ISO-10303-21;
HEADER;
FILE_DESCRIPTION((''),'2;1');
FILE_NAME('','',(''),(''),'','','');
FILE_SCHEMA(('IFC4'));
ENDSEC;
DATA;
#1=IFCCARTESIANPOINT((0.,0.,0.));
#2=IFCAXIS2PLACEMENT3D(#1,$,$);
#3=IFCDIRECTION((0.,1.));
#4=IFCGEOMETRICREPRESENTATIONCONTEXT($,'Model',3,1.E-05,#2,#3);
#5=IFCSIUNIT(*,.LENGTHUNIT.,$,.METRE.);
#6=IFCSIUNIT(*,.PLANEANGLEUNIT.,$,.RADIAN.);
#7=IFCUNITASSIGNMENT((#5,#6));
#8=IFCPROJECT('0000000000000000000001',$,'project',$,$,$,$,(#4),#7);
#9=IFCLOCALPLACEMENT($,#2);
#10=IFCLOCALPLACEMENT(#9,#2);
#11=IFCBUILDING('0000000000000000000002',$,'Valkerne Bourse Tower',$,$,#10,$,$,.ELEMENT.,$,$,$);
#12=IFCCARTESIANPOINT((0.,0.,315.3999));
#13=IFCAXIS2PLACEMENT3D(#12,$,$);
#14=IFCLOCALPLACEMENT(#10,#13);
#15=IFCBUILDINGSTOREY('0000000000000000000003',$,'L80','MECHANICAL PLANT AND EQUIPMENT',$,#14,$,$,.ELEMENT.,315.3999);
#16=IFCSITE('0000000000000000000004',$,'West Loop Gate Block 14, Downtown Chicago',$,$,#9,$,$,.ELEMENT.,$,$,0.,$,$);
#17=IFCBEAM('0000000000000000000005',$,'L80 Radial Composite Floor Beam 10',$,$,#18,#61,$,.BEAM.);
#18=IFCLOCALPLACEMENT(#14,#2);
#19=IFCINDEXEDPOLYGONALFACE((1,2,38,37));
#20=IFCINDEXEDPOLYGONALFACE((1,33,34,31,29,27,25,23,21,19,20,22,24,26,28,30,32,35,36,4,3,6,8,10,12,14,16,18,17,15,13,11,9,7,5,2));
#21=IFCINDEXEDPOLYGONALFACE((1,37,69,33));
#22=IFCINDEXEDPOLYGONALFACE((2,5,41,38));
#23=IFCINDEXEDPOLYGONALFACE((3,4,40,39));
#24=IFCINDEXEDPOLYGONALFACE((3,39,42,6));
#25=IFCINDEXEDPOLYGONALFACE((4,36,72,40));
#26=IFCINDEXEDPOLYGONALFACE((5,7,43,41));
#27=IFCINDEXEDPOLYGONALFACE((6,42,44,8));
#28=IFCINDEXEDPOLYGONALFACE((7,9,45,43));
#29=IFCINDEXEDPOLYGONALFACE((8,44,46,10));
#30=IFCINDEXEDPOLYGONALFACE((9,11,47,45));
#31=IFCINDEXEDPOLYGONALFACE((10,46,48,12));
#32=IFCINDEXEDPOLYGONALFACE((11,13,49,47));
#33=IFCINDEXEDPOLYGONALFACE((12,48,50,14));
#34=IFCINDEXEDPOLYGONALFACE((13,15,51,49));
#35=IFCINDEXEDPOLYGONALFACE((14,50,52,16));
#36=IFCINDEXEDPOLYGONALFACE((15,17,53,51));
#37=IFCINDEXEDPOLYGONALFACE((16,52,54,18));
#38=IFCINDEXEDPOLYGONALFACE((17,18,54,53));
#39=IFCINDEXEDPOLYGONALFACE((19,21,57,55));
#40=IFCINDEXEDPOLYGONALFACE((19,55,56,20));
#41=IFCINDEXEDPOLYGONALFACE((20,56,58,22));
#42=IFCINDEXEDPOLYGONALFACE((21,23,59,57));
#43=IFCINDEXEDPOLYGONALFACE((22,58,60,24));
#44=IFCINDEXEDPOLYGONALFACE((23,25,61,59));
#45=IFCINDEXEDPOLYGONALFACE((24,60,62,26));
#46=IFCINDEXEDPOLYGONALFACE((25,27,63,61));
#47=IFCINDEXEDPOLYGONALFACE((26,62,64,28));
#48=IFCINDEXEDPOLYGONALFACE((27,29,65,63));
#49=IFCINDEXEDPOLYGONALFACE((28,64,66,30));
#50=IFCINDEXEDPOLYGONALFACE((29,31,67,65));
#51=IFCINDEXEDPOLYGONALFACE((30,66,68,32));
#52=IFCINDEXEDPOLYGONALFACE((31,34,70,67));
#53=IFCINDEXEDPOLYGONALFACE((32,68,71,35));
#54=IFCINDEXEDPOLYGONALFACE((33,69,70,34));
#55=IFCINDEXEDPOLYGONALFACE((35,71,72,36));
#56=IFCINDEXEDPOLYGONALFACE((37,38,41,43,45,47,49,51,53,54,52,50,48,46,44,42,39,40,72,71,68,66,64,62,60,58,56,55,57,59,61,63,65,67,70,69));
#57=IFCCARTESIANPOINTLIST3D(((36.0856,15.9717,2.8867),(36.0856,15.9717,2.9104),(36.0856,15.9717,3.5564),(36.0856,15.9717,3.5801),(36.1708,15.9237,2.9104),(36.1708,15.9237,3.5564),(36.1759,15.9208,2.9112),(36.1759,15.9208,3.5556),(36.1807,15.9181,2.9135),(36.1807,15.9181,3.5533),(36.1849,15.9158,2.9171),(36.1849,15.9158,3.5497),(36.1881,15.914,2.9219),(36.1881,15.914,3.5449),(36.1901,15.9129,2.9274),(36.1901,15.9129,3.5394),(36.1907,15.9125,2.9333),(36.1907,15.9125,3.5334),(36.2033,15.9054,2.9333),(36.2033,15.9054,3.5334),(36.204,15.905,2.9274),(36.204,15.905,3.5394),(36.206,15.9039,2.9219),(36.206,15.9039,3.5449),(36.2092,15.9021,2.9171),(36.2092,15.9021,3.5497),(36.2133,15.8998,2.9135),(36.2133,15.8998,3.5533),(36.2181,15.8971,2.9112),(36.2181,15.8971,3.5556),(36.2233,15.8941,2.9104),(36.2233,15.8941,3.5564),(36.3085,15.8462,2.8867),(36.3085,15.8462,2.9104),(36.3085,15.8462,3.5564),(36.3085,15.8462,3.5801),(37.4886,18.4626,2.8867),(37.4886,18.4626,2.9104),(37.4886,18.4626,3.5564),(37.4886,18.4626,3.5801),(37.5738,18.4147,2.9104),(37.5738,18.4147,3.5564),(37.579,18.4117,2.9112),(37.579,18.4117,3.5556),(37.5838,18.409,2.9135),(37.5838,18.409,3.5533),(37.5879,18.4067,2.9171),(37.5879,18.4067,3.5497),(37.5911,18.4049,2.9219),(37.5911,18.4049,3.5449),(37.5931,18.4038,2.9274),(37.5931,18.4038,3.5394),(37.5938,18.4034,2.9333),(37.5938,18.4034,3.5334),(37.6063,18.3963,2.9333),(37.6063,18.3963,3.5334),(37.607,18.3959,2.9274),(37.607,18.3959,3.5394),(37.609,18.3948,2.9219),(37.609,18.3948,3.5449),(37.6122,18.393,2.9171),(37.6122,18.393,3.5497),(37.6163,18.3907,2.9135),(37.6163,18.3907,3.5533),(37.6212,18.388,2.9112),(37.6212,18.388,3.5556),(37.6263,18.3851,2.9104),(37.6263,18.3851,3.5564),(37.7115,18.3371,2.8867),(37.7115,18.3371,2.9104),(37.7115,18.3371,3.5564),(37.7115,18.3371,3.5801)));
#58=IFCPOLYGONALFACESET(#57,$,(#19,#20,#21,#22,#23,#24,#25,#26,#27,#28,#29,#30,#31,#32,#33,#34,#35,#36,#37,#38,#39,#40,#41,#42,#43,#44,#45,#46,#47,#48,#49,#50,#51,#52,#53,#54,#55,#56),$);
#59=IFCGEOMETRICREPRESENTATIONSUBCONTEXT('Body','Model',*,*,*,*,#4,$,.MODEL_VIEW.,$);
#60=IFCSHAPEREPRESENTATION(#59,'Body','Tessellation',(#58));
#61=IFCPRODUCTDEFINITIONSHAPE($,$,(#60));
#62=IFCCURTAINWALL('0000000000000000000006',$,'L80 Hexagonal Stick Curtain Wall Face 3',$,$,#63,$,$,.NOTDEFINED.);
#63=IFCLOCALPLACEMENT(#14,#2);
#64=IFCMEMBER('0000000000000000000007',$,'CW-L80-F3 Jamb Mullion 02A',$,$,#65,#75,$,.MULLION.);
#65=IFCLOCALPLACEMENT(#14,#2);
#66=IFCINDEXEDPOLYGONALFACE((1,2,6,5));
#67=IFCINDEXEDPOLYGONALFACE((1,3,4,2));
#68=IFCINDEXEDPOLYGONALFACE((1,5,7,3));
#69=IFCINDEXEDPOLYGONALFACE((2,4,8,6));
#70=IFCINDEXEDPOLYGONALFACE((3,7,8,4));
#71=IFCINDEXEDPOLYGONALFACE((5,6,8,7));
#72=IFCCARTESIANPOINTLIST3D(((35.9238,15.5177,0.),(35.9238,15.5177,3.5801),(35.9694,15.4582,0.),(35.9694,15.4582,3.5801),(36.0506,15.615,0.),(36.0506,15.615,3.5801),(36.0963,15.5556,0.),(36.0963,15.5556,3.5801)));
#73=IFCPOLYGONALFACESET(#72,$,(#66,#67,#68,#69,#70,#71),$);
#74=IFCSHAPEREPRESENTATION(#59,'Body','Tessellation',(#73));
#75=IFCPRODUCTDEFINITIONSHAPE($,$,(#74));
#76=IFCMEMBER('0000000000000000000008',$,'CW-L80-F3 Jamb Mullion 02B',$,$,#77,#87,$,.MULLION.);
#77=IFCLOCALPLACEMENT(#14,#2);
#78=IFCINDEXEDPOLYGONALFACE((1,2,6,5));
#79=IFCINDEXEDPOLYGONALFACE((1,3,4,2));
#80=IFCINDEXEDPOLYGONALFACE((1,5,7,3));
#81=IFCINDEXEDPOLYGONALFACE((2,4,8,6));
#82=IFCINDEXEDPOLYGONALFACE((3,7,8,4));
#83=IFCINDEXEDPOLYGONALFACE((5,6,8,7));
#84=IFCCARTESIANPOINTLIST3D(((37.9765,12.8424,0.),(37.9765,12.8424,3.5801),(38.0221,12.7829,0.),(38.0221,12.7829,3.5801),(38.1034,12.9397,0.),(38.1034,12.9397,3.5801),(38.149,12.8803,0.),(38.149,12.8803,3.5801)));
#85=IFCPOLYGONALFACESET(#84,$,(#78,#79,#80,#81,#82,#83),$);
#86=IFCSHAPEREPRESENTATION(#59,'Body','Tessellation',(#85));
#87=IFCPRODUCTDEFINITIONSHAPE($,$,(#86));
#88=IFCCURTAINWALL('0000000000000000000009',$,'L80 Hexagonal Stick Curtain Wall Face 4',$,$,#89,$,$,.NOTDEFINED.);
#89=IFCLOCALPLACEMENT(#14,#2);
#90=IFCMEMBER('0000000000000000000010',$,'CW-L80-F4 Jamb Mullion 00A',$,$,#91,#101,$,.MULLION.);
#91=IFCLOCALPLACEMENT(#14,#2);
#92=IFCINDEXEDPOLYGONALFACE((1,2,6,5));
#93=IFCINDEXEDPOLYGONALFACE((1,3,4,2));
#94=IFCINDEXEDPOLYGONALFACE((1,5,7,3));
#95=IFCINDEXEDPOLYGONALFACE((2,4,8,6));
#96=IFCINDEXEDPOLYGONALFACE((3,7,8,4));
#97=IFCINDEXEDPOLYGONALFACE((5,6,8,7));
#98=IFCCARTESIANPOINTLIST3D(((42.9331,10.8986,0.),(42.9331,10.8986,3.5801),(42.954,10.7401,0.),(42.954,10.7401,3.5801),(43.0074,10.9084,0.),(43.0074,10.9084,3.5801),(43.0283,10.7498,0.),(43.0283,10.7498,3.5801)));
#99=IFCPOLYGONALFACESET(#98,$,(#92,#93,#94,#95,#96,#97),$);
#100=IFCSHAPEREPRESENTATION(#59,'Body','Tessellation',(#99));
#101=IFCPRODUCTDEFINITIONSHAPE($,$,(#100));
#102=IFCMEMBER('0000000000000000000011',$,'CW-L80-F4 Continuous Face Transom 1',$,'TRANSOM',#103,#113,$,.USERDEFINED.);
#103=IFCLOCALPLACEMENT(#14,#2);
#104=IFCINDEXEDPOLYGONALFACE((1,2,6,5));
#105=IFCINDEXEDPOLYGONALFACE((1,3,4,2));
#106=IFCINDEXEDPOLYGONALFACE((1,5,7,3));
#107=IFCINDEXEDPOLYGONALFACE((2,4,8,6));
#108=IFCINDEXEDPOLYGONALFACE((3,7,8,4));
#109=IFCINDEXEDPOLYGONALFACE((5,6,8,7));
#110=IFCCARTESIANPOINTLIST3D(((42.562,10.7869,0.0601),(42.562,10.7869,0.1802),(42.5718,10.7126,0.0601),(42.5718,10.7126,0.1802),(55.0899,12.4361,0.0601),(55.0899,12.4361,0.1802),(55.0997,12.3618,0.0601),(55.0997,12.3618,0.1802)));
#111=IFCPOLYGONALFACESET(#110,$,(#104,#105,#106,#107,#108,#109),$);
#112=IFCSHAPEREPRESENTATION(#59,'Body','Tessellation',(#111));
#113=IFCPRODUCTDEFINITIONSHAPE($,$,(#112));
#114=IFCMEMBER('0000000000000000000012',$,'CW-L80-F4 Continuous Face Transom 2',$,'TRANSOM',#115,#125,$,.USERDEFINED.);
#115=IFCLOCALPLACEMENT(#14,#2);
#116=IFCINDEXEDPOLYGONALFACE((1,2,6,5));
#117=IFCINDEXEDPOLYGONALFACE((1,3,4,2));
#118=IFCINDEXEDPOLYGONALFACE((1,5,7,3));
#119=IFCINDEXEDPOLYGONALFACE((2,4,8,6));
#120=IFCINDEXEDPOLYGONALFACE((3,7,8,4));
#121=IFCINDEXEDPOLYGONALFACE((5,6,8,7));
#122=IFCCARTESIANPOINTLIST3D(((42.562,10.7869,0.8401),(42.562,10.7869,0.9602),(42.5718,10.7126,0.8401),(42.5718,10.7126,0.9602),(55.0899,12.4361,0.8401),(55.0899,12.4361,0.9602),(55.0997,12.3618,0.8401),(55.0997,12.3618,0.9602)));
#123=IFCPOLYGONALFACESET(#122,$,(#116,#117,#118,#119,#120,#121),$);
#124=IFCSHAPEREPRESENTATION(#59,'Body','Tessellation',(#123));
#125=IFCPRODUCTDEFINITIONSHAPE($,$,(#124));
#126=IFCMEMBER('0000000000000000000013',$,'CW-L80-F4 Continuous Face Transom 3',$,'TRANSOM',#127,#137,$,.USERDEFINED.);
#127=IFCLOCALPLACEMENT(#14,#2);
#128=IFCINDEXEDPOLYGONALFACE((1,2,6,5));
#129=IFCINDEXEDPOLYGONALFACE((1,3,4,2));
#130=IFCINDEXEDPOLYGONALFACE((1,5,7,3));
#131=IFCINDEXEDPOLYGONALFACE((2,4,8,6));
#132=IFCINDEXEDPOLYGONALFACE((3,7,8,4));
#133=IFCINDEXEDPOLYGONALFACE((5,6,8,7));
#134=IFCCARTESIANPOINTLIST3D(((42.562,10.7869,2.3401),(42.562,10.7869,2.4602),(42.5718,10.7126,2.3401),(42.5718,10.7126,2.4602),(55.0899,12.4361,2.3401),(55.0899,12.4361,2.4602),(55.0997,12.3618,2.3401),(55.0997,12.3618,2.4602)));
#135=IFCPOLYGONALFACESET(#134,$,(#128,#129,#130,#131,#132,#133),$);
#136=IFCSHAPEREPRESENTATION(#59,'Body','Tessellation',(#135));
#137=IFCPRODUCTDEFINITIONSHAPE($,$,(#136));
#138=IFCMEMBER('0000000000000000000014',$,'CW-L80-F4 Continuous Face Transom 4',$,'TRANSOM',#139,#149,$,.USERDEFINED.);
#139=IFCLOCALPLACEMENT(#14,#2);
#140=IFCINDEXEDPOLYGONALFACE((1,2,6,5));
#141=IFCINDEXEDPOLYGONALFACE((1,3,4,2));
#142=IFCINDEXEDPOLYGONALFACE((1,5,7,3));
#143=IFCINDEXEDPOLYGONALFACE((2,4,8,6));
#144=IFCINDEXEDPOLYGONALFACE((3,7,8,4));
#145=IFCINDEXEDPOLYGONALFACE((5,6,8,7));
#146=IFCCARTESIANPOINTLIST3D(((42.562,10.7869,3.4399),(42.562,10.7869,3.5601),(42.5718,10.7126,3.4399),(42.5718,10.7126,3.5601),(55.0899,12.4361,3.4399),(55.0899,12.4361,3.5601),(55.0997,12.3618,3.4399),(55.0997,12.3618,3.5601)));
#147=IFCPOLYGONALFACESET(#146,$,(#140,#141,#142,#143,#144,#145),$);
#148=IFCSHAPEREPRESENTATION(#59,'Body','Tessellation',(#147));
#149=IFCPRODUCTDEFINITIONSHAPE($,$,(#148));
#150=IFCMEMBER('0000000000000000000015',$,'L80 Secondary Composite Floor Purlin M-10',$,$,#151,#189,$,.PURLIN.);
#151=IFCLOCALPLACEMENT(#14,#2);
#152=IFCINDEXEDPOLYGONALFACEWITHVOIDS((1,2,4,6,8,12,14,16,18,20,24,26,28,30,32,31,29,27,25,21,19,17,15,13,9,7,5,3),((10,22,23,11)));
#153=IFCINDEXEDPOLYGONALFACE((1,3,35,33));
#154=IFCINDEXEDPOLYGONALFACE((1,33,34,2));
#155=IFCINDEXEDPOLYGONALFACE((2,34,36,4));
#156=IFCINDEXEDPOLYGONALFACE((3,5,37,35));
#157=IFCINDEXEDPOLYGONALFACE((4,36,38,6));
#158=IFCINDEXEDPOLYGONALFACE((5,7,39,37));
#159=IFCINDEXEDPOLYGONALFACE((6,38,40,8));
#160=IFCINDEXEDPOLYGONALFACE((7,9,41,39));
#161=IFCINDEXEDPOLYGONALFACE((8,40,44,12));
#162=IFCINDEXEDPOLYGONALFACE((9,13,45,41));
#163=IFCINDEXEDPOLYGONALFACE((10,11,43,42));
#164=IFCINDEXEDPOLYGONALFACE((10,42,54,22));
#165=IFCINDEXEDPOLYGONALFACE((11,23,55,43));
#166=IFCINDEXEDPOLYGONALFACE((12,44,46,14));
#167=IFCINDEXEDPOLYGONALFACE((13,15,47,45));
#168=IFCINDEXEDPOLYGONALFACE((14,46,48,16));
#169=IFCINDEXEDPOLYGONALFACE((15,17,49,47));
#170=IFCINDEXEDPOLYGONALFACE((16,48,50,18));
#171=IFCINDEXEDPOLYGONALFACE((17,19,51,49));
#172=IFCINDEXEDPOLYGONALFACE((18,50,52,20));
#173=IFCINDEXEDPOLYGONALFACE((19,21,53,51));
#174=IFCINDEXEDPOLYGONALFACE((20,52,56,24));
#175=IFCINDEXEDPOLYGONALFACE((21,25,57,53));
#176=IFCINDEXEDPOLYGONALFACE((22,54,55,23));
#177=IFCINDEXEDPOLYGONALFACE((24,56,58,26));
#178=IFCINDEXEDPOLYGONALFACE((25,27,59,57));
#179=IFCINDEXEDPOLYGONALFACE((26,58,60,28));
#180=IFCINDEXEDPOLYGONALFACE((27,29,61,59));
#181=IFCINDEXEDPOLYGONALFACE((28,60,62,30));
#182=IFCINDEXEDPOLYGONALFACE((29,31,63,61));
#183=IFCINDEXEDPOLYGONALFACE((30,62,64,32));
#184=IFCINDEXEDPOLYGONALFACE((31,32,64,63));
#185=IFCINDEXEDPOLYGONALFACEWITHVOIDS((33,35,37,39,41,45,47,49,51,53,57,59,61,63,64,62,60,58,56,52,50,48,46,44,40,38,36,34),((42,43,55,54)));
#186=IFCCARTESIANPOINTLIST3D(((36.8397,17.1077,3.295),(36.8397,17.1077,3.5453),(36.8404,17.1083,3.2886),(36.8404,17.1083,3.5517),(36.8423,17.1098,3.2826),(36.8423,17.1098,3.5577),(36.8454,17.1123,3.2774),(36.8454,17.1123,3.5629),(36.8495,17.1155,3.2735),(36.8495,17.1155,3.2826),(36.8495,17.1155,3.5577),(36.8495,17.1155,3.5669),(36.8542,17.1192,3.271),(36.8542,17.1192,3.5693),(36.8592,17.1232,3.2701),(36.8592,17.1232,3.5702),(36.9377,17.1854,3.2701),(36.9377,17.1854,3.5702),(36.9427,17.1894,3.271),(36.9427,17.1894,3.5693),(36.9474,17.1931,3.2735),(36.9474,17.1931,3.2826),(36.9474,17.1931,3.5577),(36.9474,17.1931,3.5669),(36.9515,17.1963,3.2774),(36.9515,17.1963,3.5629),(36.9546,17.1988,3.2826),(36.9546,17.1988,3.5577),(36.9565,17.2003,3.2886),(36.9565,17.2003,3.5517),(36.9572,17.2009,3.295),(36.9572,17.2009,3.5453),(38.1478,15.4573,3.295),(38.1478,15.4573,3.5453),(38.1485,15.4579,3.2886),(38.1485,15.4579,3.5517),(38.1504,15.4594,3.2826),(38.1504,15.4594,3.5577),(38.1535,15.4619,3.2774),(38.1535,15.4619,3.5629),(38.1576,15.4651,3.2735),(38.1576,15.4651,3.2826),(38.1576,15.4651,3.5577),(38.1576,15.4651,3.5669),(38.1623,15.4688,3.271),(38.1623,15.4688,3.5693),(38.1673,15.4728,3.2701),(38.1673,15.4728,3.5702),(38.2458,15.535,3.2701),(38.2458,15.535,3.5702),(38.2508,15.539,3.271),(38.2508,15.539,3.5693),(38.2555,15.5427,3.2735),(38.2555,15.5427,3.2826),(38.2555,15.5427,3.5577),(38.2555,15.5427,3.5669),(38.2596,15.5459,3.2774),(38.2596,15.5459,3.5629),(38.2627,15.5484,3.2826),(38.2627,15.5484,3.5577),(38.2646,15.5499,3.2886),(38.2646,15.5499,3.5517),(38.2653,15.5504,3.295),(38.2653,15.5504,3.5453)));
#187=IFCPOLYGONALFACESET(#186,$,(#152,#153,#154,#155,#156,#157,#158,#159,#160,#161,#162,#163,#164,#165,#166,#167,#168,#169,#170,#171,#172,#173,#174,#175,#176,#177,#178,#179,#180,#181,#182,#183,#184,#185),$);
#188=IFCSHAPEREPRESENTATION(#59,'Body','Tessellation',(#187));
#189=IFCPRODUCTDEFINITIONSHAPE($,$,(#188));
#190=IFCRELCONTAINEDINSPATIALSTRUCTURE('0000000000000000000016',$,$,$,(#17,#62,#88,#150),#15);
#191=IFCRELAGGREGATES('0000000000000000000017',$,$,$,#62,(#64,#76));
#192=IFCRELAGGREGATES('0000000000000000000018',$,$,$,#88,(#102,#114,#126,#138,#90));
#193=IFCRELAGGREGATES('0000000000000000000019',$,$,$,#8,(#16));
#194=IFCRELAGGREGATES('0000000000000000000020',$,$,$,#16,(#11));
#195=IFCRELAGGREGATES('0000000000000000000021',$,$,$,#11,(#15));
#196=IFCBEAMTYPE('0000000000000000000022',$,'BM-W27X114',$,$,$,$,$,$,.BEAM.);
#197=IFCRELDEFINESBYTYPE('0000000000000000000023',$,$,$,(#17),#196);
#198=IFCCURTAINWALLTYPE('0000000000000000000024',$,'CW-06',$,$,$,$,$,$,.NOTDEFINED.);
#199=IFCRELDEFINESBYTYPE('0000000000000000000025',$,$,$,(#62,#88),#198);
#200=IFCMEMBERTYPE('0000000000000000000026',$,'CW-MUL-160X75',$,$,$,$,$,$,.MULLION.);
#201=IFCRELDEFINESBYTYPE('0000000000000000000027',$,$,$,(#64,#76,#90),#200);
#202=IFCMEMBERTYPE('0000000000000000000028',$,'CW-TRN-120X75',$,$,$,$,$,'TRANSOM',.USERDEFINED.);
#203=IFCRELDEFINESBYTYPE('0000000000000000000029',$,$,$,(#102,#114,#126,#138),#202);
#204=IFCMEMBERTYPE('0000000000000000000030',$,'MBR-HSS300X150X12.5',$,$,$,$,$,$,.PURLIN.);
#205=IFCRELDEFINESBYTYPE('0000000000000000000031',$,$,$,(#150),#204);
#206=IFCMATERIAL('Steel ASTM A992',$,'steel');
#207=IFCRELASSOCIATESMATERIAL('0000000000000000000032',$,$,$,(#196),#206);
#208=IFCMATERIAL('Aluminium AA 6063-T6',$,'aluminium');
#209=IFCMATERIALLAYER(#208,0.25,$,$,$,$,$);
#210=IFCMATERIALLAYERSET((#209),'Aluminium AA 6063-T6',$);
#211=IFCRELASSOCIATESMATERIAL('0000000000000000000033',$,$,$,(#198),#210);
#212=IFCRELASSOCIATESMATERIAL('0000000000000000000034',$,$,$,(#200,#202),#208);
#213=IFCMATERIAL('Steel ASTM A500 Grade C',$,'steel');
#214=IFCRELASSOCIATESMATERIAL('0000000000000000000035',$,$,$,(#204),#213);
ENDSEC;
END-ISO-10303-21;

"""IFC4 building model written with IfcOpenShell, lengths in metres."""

from ifc_helpers import new_model, si_unit, direction, frame, origin, origin_2d, place, context, subcontext, project, spatial, rectangle, hollow_rectangle, i_section, extrude, material, layer, layer_set, material_profile, profile_set, type_object, element, aggregate, save


model = new_model("IFC4")

# Units and contexts
model_context = context("Model", 3, precision=1e-05, world=origin(), true_north=direction((0.0, 1.0)))
body_context = subcontext(model_context, "Body", "Model", "MODEL_VIEW")
ifc_project = project(units=[si_unit("LENGTHUNIT", "METRE"), si_unit("PLANEANGLEUNIT", "RADIAN")], contexts=[model_context])

# Site, building, storey
site_placement = place(None, origin())
site = spatial("IfcSite", under=ifc_project, at=site_placement, Name="West Loop Gate Block 14, Downtown Chicago", CompositionType="ELEMENT", RefElevation=0.0)
building_placement = place(site_placement, origin())
building = spatial("IfcBuilding", under=site, at=building_placement, Name="Valkerne Bourse Tower", CompositionType="ELEMENT")
storey_placement = place(building_placement, frame((0.0, 0.0, 315.3999)))
storey = spatial("IfcBuildingStorey", under=building, at=storey_placement, Name="L80", Description="MECHANICAL PLANT AND EQUIPMENT", CompositionType="ELEMENT", Elevation=315.3999)

# Shared definitions
ifc_material_1 = material(Name="Steel ASTM A500 Grade C", Category="steel")

# Beam
ifc_material_2 = material(Name="Steel ASTM A992", Category="steel")
ifc_material_profile_1 = material_profile(ifc_material_2, i_section(OverallWidth=0.2559, OverallDepth=0.6934, WebThickness=0.0144, FlangeThickness=0.0237, FilletRadius=0.0229, at=origin_2d()), Name="W27X114")
ifc_profile_set_1 = profile_set([ifc_material_profile_1], Name="Steel ASTM A992")
beam_type_1 = type_object("IfcBeamType", Name="BM-W27X114", PredefinedType="BEAM", material=ifc_profile_set_1)
beam_1_placement = place(storey_placement, frame((36.197, 15.9089, 3.2334), z_axis=(0.490768, 0.87129, 0.0), x_axis=(-0.87129, 0.490768, 0.0)))
element("IfcBeam", 1, at=beam_1_placement, inside=storey, type_object=beam_type_1, Name="L80 Radial Composite Floor Beam 10", PredefinedType="BEAM", context=body_context, shape_type="SweptSolid", body=[
    extrude(i_section(OverallWidth=0.2559, OverallDepth=0.6934, WebThickness=0.0144, FlangeThickness=0.0237, FilletRadius=0.0229, at=origin_2d()), origin(), (0.0, 0.0, 1.0), 2.8589),
])

# Curtain walls, members
ifc_material_3 = material(Name="Aluminium AA 6063-T6", Category="aluminium")
ifc_layer_1 = layer(ifc_material_3, 0.25)
ifc_layer_set_1 = layer_set([ifc_layer_1], Name="Aluminium AA 6063-T6")
curtain_wall_type = type_object("IfcCurtainWallType", Name="CW-06", PredefinedType="NOTDEFINED", material=ifc_layer_set_1)
curtain_wall_1_placement = place(storey_placement, origin())
curtain_wall_1 = element("IfcCurtainWall", 2, at=curtain_wall_1_placement, inside=storey, type_object=curtain_wall_type, Name="L80 Hexagonal Stick Curtain Wall Face 3", PredefinedType="NOTDEFINED")
ifc_material_profile_2 = material_profile(ifc_material_3, rectangle(XDim=0.075, YDim=0.1599, at=origin_2d()), Name="CWM-75X160")
ifc_profile_set_2 = profile_set([ifc_material_profile_2], Name="Aluminium AA 6063-T6")
member_type_1 = type_object("IfcMemberType", Name="CW-MUL-160X75", PredefinedType="MULLION", material=ifc_profile_set_2)
member_1_placement = place(storey_placement, frame((36.01, 15.5366, 0.0), z_axis=(0.0, 0.0, 1.0), x_axis=(0.608761, -0.793353, 0.0)))
member_1 = element("IfcMember", 3, at=member_1_placement, type_object=member_type_1, Name="CW-L80-F3 Jamb Mullion 02A", PredefinedType="MULLION", context=body_context, shape_type="SweptSolid", body=[
    extrude(rectangle(XDim=0.075, YDim=0.1599, at=origin_2d()), origin(), (0.0, 0.0, 1.0), 3.5801),
])
member_2_placement = place(storey_placement, frame((38.0627, 12.8613, 0.0), z_axis=(0.0, 0.0, 1.0), x_axis=(0.608761, -0.793353, 0.0)))
member_2 = element("IfcMember", 4, at=member_2_placement, type_object=member_type_1, Name="CW-L80-F3 Jamb Mullion 02B", PredefinedType="MULLION", context=body_context, shape_type="SweptSolid", body=[
    extrude(rectangle(XDim=0.075, YDim=0.1599, at=origin_2d()), origin(), (0.0, 0.0, 1.0), 3.5801),
])
curtain_wall_2_placement = place(storey_placement, origin())
curtain_wall_2 = element("IfcCurtainWall", 5, at=curtain_wall_2_placement, inside=storey, type_object=curtain_wall_type, Name="L80 Hexagonal Stick Curtain Wall Face 4", PredefinedType="NOTDEFINED")
member_3_placement = place(storey_placement, frame((42.9807, 10.8242, 0.0), z_axis=(0.0, 0.0, 1.0), x_axis=(0.991444, 0.130531, 0.0)))
member_3 = element("IfcMember", 6, at=member_3_placement, type_object=member_type_1, Name="CW-L80-F4 Jamb Mullion 00A", PredefinedType="MULLION", context=body_context, shape_type="SweptSolid", body=[
    extrude(rectangle(XDim=0.075, YDim=0.1599, at=origin_2d()), origin(), (0.0, 0.0, 1.0), 3.5801),
])
ifc_material_profile_3 = material_profile(ifc_material_3, rectangle(XDim=0.075, YDim=0.1201, at=origin_2d()), Name="CWT-75X120")
ifc_profile_set_3 = profile_set([ifc_material_profile_3], Name="Aluminium AA 6063-T6")
member_type_2 = type_object("IfcMemberType", Name="CW-TRN-120X75", ElementType="TRANSOM", PredefinedType="USERDEFINED", material=ifc_profile_set_3)
member_4_placement = place(storey_placement, frame((42.5669, 10.7498, 0.1201), z_axis=(0.991446, 0.130514, 0.0), x_axis=(-0.130514, 0.991446, 0.0)))
member_4 = element("IfcMember", 7, at=member_4_placement, type_object=member_type_2, Name="CW-L80-F4 Continuous Face Transom 1", ObjectType="TRANSOM", PredefinedType="USERDEFINED", context=body_context, shape_type="SweptSolid", body=[
    extrude(rectangle(XDim=0.075, YDim=0.1201, at=origin_2d()), origin(), (0.0, 0.0, 1.0), 12.636),
])
member_5_placement = place(storey_placement, frame((42.5669, 10.7498, 0.9001), z_axis=(0.991446, 0.130514, 0.0), x_axis=(-0.130514, 0.991446, 0.0)))
member_5 = element("IfcMember", 8, at=member_5_placement, type_object=member_type_2, Name="CW-L80-F4 Continuous Face Transom 2", ObjectType="TRANSOM", PredefinedType="USERDEFINED", context=body_context, shape_type="SweptSolid", body=[
    extrude(rectangle(XDim=0.075, YDim=0.1201, at=origin_2d()), origin(), (0.0, 0.0, 1.0), 12.636),
])
member_6_placement = place(storey_placement, frame((42.5669, 10.7498, 2.4001), z_axis=(0.991446, 0.130514, 0.0), x_axis=(-0.130514, 0.991446, 0.0)))
member_6 = element("IfcMember", 9, at=member_6_placement, type_object=member_type_2, Name="CW-L80-F4 Continuous Face Transom 3", ObjectType="TRANSOM", PredefinedType="USERDEFINED", context=body_context, shape_type="SweptSolid", body=[
    extrude(rectangle(XDim=0.075, YDim=0.1201, at=origin_2d()), origin(), (0.0, 0.0, 1.0), 12.636),
])
member_7_placement = place(storey_placement, frame((42.5669, 10.7498, 3.5), z_axis=(0.991446, 0.130514, 0.0), x_axis=(-0.130514, 0.991446, 0.0)))
member_7 = element("IfcMember", 10, at=member_7_placement, type_object=member_type_2, Name="CW-L80-F4 Continuous Face Transom 4", ObjectType="TRANSOM", PredefinedType="USERDEFINED", context=body_context, shape_type="SweptSolid", body=[
    extrude(rectangle(XDim=0.075, YDim=0.1201, at=origin_2d()), origin(), (0.0, 0.0, 1.0), 12.636),
])

# Member
ifc_material_profile_4 = material_profile(ifc_material_1, hollow_rectangle(XDim=0.1499, YDim=0.3, WallThickness=0.0125, OuterFilletRadius=0.0249, at=origin_2d()), Name="HSS300X150X12.5")
ifc_profile_set_4 = profile_set([ifc_material_profile_4], Name="Steel ASTM A500 Grade C")
member_type_3 = type_object("IfcMemberType", Name="MBR-HSS300X150X12.5", PredefinedType="PURLIN", material=ifc_profile_set_4)
member_8_placement = place(storey_placement, frame((36.8984, 17.1543, 3.4202), z_axis=(0.621154, -0.783688, 0.0), x_axis=(0.783688, 0.621154, 0.0)))
element("IfcMember", 11, at=member_8_placement, inside=storey, type_object=member_type_3, Name="L80 Secondary Composite Floor Purlin M-10", PredefinedType="PURLIN", context=body_context, shape_type="SweptSolid", body=[
    extrude(hollow_rectangle(XDim=0.1499, YDim=0.3, WallThickness=0.0125, OuterFilletRadius=0.0249, at=origin_2d()), origin(), (0.0, 0.0, 1.0), 2.106),
])

aggregate(curtain_wall_1, [member_1, member_2])
aggregate(curtain_wall_2, [member_4, member_5, member_6, member_7, member_3])

save(model, "model.ifc")
